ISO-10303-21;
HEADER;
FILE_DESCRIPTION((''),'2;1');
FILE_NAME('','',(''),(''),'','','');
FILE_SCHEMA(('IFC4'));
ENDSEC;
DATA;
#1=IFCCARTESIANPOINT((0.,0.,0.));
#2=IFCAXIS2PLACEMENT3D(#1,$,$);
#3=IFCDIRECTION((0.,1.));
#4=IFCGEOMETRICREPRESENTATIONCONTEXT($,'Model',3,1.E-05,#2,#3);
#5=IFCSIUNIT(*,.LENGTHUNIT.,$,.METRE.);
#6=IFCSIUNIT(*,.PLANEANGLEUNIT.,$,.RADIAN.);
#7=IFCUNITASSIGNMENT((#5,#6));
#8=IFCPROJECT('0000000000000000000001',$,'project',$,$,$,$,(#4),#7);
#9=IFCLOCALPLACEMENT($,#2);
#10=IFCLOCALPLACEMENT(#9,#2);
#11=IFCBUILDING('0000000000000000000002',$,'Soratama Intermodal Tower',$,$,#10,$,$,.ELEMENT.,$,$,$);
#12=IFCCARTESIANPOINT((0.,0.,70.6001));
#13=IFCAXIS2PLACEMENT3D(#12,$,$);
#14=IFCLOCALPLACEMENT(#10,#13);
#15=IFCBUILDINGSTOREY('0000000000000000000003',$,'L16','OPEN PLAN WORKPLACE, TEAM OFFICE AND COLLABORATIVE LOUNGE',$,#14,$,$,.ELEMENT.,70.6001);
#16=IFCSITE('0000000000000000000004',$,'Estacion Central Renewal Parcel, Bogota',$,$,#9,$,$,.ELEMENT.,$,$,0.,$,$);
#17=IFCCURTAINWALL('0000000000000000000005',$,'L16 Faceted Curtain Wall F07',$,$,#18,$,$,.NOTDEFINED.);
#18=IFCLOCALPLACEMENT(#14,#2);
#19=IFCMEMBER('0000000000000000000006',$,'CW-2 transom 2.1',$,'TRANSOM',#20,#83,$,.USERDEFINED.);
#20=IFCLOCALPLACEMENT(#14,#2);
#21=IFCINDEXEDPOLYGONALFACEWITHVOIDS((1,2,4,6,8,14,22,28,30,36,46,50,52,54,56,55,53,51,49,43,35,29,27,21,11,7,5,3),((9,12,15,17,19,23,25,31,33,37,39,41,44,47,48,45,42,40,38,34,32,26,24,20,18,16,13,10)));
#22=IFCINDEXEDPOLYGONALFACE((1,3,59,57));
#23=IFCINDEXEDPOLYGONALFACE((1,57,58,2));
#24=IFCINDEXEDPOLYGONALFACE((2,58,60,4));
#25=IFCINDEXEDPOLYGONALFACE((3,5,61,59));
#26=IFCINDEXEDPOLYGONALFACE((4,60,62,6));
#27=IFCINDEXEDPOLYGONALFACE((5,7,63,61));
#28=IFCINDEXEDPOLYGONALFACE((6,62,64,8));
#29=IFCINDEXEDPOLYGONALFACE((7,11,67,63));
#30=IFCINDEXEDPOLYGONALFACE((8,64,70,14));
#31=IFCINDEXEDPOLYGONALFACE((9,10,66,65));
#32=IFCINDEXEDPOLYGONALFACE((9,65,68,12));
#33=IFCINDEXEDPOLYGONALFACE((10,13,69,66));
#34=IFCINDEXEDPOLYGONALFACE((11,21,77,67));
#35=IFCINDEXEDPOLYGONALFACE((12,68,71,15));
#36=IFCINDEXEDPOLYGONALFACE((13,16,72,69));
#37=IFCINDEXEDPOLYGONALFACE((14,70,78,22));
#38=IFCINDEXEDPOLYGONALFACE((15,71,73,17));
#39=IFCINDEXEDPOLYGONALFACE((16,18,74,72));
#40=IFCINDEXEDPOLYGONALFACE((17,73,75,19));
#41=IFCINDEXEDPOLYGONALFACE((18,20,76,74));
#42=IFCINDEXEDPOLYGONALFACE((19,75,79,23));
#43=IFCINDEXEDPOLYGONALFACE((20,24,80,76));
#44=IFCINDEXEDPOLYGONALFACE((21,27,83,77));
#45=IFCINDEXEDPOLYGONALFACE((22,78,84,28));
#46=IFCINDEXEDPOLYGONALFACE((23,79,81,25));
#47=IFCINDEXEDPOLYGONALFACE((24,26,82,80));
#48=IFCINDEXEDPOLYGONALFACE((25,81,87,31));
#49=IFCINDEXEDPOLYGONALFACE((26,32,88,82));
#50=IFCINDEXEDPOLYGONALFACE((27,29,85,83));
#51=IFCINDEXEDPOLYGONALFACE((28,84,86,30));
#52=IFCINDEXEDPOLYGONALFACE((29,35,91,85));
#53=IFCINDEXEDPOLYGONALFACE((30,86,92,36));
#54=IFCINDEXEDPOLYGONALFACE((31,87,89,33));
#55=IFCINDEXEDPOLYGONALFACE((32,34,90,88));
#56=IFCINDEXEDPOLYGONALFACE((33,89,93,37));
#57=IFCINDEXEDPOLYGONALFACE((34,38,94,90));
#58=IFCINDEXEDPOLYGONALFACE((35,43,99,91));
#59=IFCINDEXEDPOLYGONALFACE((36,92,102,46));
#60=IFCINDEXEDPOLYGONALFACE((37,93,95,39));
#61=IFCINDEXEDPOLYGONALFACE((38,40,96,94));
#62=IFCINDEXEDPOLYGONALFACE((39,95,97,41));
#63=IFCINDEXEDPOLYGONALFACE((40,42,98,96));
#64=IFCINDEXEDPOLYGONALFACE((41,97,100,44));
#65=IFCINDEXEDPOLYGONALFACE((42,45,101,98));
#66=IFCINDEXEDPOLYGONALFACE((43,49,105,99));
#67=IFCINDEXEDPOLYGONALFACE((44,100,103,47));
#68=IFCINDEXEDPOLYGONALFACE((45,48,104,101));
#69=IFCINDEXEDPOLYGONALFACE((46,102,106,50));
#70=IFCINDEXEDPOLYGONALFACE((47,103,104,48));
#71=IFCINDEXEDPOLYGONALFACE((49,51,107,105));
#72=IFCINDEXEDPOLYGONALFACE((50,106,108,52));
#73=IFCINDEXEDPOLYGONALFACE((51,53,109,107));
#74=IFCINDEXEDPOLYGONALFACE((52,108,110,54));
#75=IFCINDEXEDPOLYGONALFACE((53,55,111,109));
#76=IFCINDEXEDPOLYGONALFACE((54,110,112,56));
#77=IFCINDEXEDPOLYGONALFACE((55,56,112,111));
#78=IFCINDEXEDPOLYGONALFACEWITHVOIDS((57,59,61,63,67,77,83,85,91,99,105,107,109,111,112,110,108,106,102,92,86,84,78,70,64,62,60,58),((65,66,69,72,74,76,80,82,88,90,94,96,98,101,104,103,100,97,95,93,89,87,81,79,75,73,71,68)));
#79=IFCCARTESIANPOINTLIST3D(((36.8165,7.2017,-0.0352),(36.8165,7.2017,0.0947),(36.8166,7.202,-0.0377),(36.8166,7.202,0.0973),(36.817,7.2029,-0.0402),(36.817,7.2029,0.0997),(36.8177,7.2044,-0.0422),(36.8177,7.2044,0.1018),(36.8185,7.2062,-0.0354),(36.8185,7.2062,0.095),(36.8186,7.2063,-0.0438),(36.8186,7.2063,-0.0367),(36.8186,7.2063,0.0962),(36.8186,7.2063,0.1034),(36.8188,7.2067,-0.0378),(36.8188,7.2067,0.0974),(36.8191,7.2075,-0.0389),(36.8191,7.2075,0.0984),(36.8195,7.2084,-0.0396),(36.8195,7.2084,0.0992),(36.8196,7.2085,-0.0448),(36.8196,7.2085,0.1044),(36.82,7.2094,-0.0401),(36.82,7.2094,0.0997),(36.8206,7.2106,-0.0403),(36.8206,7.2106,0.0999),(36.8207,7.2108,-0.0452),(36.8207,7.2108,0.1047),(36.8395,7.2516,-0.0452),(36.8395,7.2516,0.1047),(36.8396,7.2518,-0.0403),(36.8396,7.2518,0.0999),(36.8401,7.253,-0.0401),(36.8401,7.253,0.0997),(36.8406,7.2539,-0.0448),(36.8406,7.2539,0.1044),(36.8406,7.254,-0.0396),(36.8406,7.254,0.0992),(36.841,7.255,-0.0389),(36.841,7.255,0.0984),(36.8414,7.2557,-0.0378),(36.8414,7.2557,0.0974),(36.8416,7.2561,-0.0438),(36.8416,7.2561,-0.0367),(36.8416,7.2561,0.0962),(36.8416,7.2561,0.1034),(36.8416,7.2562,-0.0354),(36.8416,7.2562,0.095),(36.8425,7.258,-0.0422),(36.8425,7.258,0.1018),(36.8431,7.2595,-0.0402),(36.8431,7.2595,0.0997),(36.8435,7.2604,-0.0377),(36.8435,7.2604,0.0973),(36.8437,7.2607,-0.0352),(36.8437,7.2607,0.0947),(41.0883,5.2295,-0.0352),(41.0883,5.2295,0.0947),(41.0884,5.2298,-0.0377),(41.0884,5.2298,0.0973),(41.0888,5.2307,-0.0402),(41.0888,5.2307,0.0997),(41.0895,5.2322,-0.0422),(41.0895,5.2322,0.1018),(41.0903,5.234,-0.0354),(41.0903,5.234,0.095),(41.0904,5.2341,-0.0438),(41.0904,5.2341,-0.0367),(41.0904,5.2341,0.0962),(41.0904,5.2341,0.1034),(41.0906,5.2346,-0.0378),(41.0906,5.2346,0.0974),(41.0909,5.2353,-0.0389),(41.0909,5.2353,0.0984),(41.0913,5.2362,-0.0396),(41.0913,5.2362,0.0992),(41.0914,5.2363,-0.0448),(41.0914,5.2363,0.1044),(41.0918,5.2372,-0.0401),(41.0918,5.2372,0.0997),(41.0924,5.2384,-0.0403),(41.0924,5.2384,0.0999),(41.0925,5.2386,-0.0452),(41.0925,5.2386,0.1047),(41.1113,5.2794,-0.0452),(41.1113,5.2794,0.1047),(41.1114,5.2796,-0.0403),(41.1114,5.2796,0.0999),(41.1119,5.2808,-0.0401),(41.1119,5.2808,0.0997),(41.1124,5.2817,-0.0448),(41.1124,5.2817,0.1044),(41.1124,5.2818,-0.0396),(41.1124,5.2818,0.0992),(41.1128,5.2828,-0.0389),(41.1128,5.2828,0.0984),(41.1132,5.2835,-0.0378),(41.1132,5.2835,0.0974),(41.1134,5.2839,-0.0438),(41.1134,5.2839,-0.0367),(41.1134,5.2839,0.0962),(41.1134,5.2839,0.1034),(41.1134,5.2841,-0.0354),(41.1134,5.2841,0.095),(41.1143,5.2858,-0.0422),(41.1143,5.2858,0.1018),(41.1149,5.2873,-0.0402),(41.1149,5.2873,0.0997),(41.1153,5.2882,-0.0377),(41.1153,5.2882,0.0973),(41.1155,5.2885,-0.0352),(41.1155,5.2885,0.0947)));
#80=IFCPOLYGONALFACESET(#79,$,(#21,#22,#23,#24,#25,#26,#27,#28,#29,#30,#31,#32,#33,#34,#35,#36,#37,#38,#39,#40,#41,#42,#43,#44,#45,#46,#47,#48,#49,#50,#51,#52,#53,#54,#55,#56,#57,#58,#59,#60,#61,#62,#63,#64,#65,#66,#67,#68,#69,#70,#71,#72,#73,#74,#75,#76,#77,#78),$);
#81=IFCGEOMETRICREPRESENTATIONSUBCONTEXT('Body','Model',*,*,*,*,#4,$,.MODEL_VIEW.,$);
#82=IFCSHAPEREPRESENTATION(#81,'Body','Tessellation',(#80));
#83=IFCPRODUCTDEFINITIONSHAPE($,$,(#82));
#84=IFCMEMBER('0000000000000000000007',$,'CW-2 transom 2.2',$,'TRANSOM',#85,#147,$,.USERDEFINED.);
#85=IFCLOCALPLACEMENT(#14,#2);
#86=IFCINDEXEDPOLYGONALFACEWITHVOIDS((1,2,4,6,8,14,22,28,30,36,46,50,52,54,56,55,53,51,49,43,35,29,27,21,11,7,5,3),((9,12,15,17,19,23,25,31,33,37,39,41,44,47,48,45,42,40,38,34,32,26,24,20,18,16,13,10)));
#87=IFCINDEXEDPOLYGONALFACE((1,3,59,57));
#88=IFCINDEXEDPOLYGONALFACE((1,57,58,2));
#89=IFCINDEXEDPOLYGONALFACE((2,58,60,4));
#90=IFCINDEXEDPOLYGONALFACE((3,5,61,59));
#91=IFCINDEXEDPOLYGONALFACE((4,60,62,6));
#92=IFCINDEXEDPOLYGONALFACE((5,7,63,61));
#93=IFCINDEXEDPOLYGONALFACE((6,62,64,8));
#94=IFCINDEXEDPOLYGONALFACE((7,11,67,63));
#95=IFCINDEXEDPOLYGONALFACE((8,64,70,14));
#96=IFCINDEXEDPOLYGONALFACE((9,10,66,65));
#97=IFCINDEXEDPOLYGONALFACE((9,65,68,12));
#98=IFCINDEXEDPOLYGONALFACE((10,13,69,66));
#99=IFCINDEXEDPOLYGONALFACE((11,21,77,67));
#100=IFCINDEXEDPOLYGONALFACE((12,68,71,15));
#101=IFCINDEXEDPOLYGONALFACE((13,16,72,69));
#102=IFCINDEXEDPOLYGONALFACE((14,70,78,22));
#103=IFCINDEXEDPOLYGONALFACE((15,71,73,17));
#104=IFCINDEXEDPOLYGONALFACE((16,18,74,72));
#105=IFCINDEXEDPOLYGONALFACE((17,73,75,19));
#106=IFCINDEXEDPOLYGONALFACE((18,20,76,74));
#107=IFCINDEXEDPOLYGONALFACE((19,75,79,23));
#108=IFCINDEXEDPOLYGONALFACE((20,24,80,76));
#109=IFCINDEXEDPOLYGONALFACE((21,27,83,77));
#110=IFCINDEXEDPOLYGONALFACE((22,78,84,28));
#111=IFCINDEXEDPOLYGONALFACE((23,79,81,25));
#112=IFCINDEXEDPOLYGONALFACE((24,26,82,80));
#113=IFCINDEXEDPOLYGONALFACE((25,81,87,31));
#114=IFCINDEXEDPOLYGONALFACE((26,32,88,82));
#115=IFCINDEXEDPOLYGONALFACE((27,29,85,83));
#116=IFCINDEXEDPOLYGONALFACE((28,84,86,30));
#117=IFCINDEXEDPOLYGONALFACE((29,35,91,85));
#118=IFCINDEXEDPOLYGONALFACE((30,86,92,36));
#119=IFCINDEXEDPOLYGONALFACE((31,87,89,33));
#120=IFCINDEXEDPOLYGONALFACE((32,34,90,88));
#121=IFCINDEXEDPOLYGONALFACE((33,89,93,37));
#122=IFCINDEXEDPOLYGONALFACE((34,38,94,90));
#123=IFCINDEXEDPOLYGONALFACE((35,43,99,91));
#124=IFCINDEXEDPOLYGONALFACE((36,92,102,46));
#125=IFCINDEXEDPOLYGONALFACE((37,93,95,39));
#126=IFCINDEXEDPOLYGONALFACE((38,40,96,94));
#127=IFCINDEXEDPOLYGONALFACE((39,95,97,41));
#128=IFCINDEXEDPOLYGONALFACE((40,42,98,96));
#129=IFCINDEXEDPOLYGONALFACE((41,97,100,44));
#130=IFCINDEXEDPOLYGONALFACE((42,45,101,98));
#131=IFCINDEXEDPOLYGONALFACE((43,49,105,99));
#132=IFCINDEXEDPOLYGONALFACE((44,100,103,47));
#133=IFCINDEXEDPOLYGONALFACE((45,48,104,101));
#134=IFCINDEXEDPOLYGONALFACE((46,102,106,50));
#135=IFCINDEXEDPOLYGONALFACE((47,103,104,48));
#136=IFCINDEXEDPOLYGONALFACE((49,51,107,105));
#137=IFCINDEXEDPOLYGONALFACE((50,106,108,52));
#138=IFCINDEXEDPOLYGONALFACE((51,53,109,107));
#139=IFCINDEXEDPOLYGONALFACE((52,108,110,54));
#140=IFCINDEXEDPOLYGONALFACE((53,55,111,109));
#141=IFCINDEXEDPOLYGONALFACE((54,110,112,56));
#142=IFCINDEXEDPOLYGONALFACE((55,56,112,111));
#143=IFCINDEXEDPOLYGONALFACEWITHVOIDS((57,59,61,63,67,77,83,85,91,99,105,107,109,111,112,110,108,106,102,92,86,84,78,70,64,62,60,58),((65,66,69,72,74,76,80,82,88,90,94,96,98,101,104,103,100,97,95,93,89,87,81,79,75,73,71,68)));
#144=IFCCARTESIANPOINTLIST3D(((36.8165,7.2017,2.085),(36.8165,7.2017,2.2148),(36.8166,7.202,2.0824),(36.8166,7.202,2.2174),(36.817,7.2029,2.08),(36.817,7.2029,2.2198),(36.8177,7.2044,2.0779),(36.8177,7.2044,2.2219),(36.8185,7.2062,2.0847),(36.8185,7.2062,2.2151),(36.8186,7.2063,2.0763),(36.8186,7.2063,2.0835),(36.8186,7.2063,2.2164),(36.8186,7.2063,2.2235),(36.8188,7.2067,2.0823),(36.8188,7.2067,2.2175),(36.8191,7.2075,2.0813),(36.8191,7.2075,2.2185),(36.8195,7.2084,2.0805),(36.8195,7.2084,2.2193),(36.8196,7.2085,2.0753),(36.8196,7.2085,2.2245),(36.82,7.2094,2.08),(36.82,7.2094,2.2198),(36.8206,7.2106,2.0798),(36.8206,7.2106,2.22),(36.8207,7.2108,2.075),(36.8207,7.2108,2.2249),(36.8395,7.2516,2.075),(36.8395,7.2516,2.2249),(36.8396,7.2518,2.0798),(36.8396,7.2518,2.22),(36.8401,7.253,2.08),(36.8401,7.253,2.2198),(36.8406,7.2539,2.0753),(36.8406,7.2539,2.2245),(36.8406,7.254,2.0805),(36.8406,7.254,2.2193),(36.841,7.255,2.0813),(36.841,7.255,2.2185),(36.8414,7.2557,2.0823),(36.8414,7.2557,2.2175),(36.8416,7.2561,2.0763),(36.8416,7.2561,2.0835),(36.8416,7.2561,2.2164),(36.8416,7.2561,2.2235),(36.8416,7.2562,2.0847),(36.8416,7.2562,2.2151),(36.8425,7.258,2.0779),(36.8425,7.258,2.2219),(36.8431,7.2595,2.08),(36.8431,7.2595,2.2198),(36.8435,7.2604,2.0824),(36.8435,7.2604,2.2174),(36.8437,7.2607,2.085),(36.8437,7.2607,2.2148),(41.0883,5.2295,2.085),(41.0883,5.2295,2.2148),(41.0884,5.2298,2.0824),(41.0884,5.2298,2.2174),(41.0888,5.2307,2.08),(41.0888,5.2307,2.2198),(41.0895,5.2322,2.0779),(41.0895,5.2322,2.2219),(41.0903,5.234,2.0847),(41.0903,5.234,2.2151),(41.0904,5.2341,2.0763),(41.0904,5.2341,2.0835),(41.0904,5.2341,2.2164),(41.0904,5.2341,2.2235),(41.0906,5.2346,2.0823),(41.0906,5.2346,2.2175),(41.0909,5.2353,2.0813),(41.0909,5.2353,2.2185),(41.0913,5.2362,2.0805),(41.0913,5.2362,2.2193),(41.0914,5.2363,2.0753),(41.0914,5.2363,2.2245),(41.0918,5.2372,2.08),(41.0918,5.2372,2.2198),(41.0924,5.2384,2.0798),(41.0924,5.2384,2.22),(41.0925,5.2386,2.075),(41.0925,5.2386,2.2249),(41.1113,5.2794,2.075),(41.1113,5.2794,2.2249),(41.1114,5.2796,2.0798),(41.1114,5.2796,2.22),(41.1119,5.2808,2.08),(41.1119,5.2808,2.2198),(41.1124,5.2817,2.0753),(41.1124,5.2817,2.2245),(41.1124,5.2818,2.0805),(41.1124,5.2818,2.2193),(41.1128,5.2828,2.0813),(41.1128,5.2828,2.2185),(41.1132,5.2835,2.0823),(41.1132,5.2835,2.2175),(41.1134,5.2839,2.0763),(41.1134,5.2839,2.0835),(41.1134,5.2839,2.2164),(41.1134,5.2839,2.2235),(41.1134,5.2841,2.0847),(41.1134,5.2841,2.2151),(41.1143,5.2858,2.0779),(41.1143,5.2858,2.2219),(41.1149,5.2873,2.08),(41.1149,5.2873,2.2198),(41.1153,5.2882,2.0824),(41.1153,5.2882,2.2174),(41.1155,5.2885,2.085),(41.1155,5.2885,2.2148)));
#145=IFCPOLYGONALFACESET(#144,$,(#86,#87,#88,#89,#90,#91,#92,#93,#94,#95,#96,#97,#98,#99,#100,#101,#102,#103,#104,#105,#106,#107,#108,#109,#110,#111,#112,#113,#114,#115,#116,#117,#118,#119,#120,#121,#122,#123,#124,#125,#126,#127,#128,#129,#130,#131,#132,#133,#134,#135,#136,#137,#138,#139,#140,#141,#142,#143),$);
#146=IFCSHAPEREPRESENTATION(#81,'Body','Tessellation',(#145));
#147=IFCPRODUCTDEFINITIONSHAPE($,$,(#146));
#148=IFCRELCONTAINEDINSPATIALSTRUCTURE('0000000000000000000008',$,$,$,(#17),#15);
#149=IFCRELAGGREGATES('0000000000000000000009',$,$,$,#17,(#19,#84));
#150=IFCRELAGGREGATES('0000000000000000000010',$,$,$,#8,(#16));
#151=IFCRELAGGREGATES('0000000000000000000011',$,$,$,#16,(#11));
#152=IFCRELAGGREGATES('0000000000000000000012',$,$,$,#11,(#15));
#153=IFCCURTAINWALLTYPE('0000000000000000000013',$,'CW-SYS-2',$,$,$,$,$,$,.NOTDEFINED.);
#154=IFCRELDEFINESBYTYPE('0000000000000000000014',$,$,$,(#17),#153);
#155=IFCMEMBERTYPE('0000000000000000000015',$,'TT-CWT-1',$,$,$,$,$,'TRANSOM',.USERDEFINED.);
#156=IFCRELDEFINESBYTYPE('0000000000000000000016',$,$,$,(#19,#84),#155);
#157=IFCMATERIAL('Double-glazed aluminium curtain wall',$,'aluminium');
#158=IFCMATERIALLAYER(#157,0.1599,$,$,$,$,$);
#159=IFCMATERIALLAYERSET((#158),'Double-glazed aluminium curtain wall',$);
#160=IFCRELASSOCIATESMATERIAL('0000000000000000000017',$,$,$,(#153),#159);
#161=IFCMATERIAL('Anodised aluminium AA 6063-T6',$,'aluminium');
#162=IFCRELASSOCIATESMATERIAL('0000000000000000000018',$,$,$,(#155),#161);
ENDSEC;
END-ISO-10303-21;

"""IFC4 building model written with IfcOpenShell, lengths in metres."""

from ifc_helpers import new_model, si_unit, direction, frame, origin, origin_2d, place, context, subcontext, project, spatial, hollow_rectangle, extrude, material, layer, layer_set, material_profile, profile_set, type_object, element, aggregate, save


model = new_model("IFC4")

# Units and contexts
model_context = context("Model", 3, precision=1e-05, world=origin(), true_north=direction((0.0, 1.0)))
body_context = subcontext(model_context, "Body", "Model", "MODEL_VIEW")
ifc_project = project(units=[si_unit("LENGTHUNIT", "METRE"), si_unit("PLANEANGLEUNIT", "RADIAN")], contexts=[model_context])

# Site, building, storey
site_placement = place(None, origin())
site = spatial("IfcSite", under=ifc_project, at=site_placement, Name="Estacion Central Renewal Parcel, Bogota", CompositionType="ELEMENT", RefElevation=0.0)
building_placement = place(site_placement, origin())
building = spatial("IfcBuilding", under=site, at=building_placement, Name="Soratama Intermodal Tower", CompositionType="ELEMENT")
storey_placement = place(building_placement, frame((0.0, 0.0, 70.6001)))
storey = spatial("IfcBuildingStorey", under=building, at=storey_placement, Name="L16", Description="OPEN PLAN WORKPLACE, TEAM OFFICE AND COLLABORATIVE LOUNGE", CompositionType="ELEMENT", Elevation=70.6001)

# Curtain wall, members
ifc_material_1 = material(Name="Double-glazed aluminium curtain wall", Category="aluminium")
ifc_layer_1 = layer(ifc_material_1, 0.1599)
ifc_layer_set_1 = layer_set([ifc_layer_1], Name="Double-glazed aluminium curtain wall")
curtain_wall_type = type_object("IfcCurtainWallType", Name="CW-SYS-2", PredefinedType="NOTDEFINED", material=ifc_layer_set_1)
curtain_wall_placement = place(storey_placement, origin())
curtain_wall = element("IfcCurtainWall", 1, at=curtain_wall_placement, inside=storey, type_object=curtain_wall_type, Name="L16 Faceted Curtain Wall F07", PredefinedType="NOTDEFINED")
ifc_material_2 = material(Name="Anodised aluminium AA 6063-T6", Category="aluminium")
ifc_material_profile_1 = material_profile(ifc_material_2, hollow_rectangle(XDim=0.0649, YDim=0.1499, WallThickness=0.0049, InnerFilletRadius=0.0049, OuterFilletRadius=0.01, at=origin_2d()), Name="CWT150X65X5")
ifc_profile_set_1 = profile_set([ifc_material_profile_1], Name="Anodised aluminium AA 6063-T6")
member_type_1 = type_object("IfcMemberType", Name="TT-CWT-1", ElementType="TRANSOM", PredefinedType="USERDEFINED", material=ifc_profile_set_1)
member_1_placement = place(storey_placement, frame((36.8301, 7.2312, 0.0298), z_axis=(0.907911, -0.419163, 0.0), x_axis=(0.419163, 0.907911, 0.0)))
member_1 = element("IfcMember", 2, at=member_1_placement, type_object=member_type_1, Name="CW-2 transom 2.1", ObjectType="TRANSOM", PredefinedType="USERDEFINED", context=body_context, shape_type="SweptSolid", body=[
    extrude(hollow_rectangle(XDim=0.0649, YDim=0.1499, WallThickness=0.0049, InnerFilletRadius=0.0049, OuterFilletRadius=0.01, at=origin_2d()), origin(), (0.0, 0.0, 1.0), 4.7051),
])
member_2_placement = place(storey_placement, frame((36.8301, 7.2312, 2.1499), z_axis=(0.907911, -0.419163, 0.0), x_axis=(0.419163, 0.907911, 0.0)))
member_2 = element("IfcMember", 3, at=member_2_placement, type_object=member_type_1, Name="CW-2 transom 2.2", ObjectType="TRANSOM", PredefinedType="USERDEFINED", context=body_context, shape_type="SweptSolid", body=[
    extrude(hollow_rectangle(XDim=0.0649, YDim=0.1499, WallThickness=0.0049, InnerFilletRadius=0.0049, OuterFilletRadius=0.01, at=origin_2d()), origin(), (0.0, 0.0, 1.0), 4.7051),
])
aggregate(curtain_wall, [member_1, member_2])

save(model, "model.ifc")
